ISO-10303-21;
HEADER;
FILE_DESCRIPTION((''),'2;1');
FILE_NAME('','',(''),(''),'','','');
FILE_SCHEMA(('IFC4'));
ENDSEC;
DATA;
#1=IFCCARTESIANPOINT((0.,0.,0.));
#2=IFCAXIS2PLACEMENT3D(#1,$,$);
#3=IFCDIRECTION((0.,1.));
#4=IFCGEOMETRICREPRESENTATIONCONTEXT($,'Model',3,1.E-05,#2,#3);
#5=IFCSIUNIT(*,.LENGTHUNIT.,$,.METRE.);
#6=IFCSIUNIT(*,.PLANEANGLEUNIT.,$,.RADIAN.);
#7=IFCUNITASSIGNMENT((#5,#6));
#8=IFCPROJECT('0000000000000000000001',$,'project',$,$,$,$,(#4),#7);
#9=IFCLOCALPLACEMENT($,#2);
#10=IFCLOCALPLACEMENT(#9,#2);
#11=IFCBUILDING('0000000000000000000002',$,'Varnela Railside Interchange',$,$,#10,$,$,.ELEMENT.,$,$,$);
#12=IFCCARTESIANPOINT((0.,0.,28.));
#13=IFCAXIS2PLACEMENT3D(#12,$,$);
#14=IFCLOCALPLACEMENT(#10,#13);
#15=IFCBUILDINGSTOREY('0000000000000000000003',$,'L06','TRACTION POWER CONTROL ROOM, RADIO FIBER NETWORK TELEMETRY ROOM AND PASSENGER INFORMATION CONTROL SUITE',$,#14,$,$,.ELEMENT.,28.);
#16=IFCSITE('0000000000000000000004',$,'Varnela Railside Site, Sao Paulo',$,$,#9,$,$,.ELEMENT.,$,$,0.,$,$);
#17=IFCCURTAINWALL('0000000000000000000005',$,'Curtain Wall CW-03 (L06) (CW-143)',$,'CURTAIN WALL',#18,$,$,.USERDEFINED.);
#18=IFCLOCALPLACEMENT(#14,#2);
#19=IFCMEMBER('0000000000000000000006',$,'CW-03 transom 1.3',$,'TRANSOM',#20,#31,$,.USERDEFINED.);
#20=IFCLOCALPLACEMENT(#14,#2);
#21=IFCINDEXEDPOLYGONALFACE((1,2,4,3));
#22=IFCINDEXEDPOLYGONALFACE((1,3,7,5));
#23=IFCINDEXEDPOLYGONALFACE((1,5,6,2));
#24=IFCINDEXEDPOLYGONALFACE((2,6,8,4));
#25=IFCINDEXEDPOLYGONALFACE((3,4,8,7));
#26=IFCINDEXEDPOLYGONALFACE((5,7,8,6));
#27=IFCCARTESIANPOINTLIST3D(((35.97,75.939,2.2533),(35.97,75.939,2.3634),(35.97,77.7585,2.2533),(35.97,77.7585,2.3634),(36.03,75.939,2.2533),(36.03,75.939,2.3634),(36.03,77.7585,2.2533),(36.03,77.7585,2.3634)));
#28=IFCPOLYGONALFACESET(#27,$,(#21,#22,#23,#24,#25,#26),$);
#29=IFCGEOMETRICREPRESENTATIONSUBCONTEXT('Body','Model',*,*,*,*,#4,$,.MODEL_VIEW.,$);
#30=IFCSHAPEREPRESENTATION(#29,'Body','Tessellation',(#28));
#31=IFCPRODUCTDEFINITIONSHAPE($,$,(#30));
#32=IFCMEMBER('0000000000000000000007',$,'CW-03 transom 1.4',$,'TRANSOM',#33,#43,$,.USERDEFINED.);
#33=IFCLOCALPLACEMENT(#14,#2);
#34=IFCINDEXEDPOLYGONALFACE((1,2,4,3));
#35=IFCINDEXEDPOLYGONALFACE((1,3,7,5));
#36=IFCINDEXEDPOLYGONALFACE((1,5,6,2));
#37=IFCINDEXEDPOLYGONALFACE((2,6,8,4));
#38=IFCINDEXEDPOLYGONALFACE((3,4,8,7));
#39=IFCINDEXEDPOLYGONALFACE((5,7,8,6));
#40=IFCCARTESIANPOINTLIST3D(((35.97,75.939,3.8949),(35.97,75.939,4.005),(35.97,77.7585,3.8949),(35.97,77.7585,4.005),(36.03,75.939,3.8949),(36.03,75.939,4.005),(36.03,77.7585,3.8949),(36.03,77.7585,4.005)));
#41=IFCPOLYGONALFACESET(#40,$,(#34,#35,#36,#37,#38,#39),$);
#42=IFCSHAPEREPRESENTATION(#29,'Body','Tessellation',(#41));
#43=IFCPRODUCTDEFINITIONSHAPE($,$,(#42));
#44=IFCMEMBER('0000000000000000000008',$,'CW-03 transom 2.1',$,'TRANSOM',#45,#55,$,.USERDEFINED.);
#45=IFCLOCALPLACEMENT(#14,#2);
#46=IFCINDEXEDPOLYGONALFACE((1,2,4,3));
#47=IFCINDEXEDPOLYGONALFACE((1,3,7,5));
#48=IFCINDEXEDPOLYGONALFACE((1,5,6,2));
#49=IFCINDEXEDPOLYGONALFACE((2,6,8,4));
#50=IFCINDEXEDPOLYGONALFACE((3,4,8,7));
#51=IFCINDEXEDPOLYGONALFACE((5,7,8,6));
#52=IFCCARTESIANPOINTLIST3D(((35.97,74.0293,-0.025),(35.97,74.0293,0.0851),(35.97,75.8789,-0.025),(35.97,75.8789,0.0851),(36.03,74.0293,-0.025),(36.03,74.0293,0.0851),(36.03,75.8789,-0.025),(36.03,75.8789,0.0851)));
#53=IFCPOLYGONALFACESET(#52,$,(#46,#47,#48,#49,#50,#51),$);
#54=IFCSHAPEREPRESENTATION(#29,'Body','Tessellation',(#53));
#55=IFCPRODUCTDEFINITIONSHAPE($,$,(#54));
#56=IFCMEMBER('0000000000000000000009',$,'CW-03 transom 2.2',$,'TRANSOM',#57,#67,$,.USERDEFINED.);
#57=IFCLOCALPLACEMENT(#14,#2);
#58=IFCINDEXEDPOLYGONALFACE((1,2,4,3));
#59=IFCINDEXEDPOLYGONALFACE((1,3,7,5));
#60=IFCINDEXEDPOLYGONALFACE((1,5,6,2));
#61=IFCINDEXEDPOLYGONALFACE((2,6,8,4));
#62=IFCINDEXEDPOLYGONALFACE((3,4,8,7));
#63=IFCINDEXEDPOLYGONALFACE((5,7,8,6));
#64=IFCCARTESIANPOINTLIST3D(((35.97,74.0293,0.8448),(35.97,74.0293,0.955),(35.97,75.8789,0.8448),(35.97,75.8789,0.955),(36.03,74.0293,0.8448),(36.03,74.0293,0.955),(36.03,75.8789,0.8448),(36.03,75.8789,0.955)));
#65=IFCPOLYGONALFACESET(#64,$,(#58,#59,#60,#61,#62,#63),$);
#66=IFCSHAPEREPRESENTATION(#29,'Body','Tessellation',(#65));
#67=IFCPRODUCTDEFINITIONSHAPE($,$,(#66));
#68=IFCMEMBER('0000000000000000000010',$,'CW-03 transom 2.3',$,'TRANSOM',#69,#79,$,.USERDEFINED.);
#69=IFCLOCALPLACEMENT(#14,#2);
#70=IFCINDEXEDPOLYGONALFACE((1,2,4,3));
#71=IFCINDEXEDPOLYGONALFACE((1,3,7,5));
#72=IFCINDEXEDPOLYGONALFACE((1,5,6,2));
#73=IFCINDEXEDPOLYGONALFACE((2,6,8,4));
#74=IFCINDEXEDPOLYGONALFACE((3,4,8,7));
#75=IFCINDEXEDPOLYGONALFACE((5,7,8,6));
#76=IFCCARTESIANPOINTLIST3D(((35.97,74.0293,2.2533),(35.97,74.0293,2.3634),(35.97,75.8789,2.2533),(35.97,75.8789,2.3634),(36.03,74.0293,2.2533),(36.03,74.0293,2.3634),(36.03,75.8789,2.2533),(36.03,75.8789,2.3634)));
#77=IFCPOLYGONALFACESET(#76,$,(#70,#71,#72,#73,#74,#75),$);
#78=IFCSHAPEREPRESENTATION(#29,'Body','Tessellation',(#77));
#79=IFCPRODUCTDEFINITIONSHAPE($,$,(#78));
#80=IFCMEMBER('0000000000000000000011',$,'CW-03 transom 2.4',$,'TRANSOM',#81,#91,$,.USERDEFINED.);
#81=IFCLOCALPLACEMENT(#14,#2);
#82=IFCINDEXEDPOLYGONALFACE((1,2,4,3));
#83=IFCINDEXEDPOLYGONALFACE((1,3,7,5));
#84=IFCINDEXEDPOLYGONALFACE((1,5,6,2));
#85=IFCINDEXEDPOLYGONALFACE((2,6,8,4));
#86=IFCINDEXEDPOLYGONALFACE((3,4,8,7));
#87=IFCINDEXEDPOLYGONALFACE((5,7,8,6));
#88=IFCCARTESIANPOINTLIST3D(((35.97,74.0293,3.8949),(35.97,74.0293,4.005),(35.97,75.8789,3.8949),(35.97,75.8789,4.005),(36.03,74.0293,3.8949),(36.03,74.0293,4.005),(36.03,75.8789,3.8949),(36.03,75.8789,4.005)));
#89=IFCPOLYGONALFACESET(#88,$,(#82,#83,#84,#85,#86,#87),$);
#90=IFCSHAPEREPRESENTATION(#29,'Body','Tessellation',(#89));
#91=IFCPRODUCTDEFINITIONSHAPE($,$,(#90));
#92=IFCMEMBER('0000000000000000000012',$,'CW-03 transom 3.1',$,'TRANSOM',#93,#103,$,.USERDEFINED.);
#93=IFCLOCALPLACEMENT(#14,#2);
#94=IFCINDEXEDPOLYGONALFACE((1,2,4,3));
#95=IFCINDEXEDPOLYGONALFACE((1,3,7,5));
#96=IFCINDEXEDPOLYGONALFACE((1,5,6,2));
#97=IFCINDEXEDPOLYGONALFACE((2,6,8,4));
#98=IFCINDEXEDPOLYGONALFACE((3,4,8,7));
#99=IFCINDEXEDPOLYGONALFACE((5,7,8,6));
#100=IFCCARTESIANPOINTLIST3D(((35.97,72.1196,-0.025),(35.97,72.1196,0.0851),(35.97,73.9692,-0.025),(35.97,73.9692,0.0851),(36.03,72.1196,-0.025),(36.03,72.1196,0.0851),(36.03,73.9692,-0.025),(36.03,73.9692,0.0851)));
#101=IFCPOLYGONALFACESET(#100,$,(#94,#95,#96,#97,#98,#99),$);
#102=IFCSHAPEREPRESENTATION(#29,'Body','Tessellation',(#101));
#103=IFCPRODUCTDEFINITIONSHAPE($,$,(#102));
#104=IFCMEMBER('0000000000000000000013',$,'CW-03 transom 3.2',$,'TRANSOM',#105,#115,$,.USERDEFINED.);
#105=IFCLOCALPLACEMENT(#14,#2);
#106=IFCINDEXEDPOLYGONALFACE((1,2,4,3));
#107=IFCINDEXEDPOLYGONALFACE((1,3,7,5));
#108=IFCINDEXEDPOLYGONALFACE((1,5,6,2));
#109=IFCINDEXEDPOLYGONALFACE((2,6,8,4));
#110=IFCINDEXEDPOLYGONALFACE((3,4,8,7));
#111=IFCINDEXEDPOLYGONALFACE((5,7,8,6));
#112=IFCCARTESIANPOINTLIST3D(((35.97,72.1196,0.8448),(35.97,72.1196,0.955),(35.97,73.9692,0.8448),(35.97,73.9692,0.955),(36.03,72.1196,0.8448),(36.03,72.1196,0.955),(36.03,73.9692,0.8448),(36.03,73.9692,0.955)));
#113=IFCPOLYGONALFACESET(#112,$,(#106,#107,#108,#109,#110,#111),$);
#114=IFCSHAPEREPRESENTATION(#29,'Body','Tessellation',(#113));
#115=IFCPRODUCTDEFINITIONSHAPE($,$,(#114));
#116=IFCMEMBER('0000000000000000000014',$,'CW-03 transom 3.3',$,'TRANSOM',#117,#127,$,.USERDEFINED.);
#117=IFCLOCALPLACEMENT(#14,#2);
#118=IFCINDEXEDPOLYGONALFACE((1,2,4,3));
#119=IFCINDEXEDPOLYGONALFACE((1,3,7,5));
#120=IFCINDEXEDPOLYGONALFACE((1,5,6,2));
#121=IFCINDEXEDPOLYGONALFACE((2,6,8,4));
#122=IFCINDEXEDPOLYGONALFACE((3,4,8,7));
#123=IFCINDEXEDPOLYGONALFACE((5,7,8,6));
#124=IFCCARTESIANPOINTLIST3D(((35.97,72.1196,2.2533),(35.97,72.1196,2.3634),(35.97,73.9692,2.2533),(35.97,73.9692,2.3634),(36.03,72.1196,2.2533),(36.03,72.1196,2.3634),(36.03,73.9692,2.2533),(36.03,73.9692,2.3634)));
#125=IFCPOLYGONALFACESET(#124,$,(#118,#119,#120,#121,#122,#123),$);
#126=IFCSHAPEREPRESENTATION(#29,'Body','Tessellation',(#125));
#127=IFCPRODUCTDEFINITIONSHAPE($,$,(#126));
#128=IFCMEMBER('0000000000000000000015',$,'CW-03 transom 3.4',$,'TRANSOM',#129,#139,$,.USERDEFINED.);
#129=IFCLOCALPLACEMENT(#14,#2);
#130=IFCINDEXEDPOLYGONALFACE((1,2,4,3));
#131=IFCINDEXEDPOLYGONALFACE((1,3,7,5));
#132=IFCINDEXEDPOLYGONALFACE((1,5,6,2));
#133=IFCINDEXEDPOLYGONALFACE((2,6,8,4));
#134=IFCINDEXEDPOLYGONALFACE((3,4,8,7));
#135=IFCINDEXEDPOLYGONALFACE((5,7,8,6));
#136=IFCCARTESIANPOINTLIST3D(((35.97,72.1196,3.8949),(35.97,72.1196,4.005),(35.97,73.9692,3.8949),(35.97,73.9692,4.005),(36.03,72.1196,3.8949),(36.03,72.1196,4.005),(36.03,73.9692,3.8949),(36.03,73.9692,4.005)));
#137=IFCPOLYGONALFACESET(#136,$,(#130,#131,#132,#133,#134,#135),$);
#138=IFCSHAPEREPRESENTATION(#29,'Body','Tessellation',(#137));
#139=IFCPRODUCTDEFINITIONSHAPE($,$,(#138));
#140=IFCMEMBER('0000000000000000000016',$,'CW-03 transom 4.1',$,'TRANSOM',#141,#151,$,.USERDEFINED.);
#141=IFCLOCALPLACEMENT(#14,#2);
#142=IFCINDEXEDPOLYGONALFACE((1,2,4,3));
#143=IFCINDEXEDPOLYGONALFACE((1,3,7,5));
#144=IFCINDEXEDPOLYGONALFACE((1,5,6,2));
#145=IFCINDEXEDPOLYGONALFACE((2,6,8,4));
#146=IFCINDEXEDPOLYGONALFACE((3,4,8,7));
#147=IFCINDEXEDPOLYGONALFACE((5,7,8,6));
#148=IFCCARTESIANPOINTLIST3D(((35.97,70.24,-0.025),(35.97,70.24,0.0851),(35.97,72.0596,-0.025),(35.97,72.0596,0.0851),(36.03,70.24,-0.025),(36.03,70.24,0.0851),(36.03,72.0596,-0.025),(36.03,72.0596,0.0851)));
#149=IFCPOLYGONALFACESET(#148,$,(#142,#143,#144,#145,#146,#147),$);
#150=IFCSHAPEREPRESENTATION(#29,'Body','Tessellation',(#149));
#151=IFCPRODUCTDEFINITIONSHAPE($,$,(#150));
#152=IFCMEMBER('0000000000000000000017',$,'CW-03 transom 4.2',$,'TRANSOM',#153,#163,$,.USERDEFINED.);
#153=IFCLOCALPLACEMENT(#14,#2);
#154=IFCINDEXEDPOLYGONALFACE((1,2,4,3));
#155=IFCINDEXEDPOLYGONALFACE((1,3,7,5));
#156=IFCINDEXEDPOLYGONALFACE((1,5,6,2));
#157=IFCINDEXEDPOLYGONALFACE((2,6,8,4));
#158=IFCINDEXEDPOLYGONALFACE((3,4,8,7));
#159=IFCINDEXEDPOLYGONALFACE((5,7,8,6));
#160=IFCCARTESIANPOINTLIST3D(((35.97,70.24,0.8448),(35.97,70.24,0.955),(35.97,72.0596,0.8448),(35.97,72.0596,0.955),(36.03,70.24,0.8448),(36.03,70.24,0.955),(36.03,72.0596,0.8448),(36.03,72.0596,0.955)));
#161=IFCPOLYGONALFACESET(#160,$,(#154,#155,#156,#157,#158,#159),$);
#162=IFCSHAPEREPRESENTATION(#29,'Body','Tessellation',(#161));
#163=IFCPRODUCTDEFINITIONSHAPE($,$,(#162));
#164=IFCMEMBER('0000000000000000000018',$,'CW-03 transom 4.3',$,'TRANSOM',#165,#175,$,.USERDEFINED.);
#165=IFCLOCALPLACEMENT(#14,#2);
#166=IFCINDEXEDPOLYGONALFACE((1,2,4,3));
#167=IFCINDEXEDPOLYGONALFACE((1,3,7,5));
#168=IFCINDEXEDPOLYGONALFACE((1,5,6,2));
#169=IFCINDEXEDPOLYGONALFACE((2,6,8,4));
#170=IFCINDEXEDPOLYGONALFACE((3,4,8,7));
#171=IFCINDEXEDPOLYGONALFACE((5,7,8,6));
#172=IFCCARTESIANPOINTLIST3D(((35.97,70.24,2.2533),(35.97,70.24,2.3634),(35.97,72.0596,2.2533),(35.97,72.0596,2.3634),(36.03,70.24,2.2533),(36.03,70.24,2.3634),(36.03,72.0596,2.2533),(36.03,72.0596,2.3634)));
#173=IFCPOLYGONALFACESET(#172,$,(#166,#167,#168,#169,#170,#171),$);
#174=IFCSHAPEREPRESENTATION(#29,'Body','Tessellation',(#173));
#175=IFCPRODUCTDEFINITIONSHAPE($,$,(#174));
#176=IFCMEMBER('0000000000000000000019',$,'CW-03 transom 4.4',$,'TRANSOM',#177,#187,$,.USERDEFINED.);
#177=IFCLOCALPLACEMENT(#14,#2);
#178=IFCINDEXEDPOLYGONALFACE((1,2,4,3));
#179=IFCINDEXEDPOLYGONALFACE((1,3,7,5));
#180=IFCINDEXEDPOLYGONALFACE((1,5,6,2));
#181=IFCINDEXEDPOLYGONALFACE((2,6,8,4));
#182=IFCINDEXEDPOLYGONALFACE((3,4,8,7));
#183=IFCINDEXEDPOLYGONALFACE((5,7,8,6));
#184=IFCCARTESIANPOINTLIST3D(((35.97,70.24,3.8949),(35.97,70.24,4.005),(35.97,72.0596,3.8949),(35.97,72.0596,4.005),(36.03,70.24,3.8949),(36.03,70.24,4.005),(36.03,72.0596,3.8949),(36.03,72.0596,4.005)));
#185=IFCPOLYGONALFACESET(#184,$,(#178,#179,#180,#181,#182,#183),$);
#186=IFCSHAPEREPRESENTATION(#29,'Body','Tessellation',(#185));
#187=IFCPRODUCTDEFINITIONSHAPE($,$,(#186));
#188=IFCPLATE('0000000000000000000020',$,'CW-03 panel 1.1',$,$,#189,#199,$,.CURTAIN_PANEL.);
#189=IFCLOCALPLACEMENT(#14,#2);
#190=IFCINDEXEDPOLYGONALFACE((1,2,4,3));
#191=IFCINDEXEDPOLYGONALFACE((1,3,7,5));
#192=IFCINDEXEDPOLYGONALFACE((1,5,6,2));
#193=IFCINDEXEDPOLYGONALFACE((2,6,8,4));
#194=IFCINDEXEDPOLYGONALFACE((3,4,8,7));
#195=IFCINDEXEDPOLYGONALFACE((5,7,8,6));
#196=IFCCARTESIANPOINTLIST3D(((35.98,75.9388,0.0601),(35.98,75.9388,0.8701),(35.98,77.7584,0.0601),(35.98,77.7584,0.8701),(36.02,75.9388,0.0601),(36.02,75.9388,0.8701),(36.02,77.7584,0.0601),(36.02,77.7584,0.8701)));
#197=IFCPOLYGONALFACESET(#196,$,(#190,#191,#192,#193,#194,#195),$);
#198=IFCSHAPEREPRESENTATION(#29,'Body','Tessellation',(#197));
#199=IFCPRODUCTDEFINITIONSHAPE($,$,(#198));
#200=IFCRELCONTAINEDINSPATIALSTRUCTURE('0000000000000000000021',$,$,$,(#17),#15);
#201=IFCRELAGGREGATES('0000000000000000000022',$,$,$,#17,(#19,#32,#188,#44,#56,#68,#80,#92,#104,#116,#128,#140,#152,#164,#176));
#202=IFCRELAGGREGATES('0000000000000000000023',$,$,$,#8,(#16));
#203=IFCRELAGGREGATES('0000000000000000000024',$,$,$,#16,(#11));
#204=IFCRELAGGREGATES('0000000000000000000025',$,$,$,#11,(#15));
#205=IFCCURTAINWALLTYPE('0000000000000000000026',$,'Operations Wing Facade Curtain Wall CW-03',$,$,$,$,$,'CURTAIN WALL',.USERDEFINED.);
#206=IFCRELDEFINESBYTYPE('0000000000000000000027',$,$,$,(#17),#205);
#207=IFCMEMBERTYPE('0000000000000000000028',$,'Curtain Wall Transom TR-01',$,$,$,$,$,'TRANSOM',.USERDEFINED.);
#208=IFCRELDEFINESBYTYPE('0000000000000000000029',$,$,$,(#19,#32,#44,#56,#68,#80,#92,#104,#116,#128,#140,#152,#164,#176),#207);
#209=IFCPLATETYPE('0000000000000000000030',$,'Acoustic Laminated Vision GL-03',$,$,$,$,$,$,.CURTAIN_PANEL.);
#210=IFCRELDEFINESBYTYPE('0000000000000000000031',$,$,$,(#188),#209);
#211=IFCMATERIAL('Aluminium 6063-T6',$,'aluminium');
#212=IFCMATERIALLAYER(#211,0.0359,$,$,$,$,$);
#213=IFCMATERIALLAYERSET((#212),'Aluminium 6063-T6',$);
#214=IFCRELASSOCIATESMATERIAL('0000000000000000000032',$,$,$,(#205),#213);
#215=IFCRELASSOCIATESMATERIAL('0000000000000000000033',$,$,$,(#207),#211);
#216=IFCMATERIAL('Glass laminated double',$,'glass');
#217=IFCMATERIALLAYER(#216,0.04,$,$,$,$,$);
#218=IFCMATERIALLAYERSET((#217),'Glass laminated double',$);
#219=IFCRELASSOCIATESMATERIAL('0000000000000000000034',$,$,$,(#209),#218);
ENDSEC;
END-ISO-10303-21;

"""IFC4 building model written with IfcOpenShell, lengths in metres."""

from ifc_helpers import new_model, si_unit, direction, frame, origin, origin_2d, place, context, subcontext, project, spatial, rectangle, extrude, material, layer, layer_set, material_profile, profile_set, type_object, element, aggregate, save


model = new_model("IFC4")

# Units and contexts
model_context = context("Model", 3, precision=1e-05, world=origin(), true_north=direction((0.0, 1.0)))
body_context = subcontext(model_context, "Body", "Model", "MODEL_VIEW")
ifc_project = project(units=[si_unit("LENGTHUNIT", "METRE"), si_unit("PLANEANGLEUNIT", "RADIAN")], contexts=[model_context])

# Site, building, storey
site_placement = place(None, origin())
site = spatial("IfcSite", under=ifc_project, at=site_placement, Name="Varnela Railside Site, Sao Paulo", CompositionType="ELEMENT", RefElevation=0.0)
building_placement = place(site_placement, origin())
building = spatial("IfcBuilding", under=site, at=building_placement, Name="Varnela Railside Interchange", CompositionType="ELEMENT")
storey_placement = place(building_placement, frame((0.0, 0.0, 28.0)))
storey = spatial("IfcBuildingStorey", under=building, at=storey_placement, Name="L06", Description="TRACTION POWER CONTROL ROOM, RADIO FIBER NETWORK TELEMETRY ROOM AND PASSENGER INFORMATION CONTROL SUITE", CompositionType="ELEMENT", Elevation=28.0)

# Curtain wall, members, plate
ifc_material_1 = material(Name="Aluminium 6063-T6", Category="aluminium")
ifc_layer_1 = layer(ifc_material_1, 0.0359)
ifc_layer_set_1 = layer_set([ifc_layer_1], Name="Aluminium 6063-T6")
curtain_wall_type = type_object("IfcCurtainWallType", Name="Operations Wing Facade Curtain Wall CW-03", ElementType="CURTAIN WALL", PredefinedType="USERDEFINED", material=ifc_layer_set_1)
curtain_wall_placement = place(storey_placement, origin())
curtain_wall = element("IfcCurtainWall", 1, at=curtain_wall_placement, inside=storey, type_object=curtain_wall_type, Name="Curtain Wall CW-03 (L06) (CW-143)", ObjectType="CURTAIN WALL", PredefinedType="USERDEFINED")
ifc_material_profile_1 = material_profile(ifc_material_1, rectangle(XDim=0.0601, YDim=0.1101, at=origin_2d()), Name="ALU 60x110")
ifc_profile_set_1 = profile_set([ifc_material_profile_1], Name="Aluminium 6063-T6")
member_type_1 = type_object("IfcMemberType", Name="Curtain Wall Transom TR-01", ElementType="TRANSOM", PredefinedType="USERDEFINED", material=ifc_profile_set_1)
member_1_placement = place(storey_placement, frame((36.0, 77.7585, 2.3083), z_axis=(0.0, -1.0, 0.0), x_axis=(1.0, 0.0, 0.0)))
member_1 = element("IfcMember", 2, at=member_1_placement, type_object=member_type_1, Name="CW-03 transom 1.3", ObjectType="TRANSOM", PredefinedType="USERDEFINED", context=body_context, shape_type="SweptSolid", body=[
    extrude(rectangle(XDim=0.0601, YDim=0.1101, at=origin_2d()), origin(), (0.0, 0.0, 1.0), 1.8196),
])
member_2_placement = place(storey_placement, frame((36.0, 77.7585, 3.95), z_axis=(0.0, -1.0, 0.0), x_axis=(1.0, 0.0, 0.0)))
member_2 = element("IfcMember", 3, at=member_2_placement, type_object=member_type_1, Name="CW-03 transom 1.4", ObjectType="TRANSOM", PredefinedType="USERDEFINED", context=body_context, shape_type="SweptSolid", body=[
    extrude(rectangle(XDim=0.0601, YDim=0.1101, at=origin_2d()), origin(), (0.0, 0.0, 1.0), 1.8196),
])
member_3_placement = place(storey_placement, frame((36.0, 75.8789, 0.03), z_axis=(0.0, -1.0, 0.0), x_axis=(1.0, 0.0, 0.0)))
member_3 = element("IfcMember", 4, at=member_3_placement, type_object=member_type_1, Name="CW-03 transom 2.1", ObjectType="TRANSOM", PredefinedType="USERDEFINED", context=body_context, shape_type="SweptSolid", body=[
    extrude(rectangle(XDim=0.0601, YDim=0.1101, at=origin_2d()), origin(), (0.0, 0.0, 1.0), 1.8496),
])
member_4_placement = place(storey_placement, frame((36.0, 75.8789, 0.8999), z_axis=(0.0, -1.0, 0.0), x_axis=(1.0, 0.0, 0.0)))
member_4 = element("IfcMember", 5, at=member_4_placement, type_object=member_type_1, Name="CW-03 transom 2.2", ObjectType="TRANSOM", PredefinedType="USERDEFINED", context=body_context, shape_type="SweptSolid", body=[
    extrude(rectangle(XDim=0.0601, YDim=0.1101, at=origin_2d()), origin(), (0.0, 0.0, 1.0), 1.8496),
])
member_5_placement = place(storey_placement, frame((36.0, 75.8789, 2.3083), z_axis=(0.0, -1.0, 0.0), x_axis=(1.0, 0.0, 0.0)))
member_5 = element("IfcMember", 6, at=member_5_placement, type_object=member_type_1, Name="CW-03 transom 2.3", ObjectType="TRANSOM", PredefinedType="USERDEFINED", context=body_context, shape_type="SweptSolid", body=[
    extrude(rectangle(XDim=0.0601, YDim=0.1101, at=origin_2d()), origin(), (0.0, 0.0, 1.0), 1.8496),
])
member_6_placement = place(storey_placement, frame((36.0, 75.8789, 3.95), z_axis=(0.0, -1.0, 0.0), x_axis=(1.0, 0.0, 0.0)))
member_6 = element("IfcMember", 7, at=member_6_placement, type_object=member_type_1, Name="CW-03 transom 2.4", ObjectType="TRANSOM", PredefinedType="USERDEFINED", context=body_context, shape_type="SweptSolid", body=[
    extrude(rectangle(XDim=0.0601, YDim=0.1101, at=origin_2d()), origin(), (0.0, 0.0, 1.0), 1.8496),
])
member_7_placement = place(storey_placement, frame((36.0, 73.9692, 0.03), z_axis=(0.0, -1.0, 0.0), x_axis=(1.0, 0.0, 0.0)))
member_7 = element("IfcMember", 8, at=member_7_placement, type_object=member_type_1, Name="CW-03 transom 3.1", ObjectType="TRANSOM", PredefinedType="USERDEFINED", context=body_context, shape_type="SweptSolid", body=[
    extrude(rectangle(XDim=0.0601, YDim=0.1101, at=origin_2d()), origin(), (0.0, 0.0, 1.0), 1.8496),
])
member_8_placement = place(storey_placement, frame((36.0, 73.9692, 0.8999), z_axis=(0.0, -1.0, 0.0), x_axis=(1.0, 0.0, 0.0)))
member_8 = element("IfcMember", 9, at=member_8_placement, type_object=member_type_1, Name="CW-03 transom 3.2", ObjectType="TRANSOM", PredefinedType="USERDEFINED", context=body_context, shape_type="SweptSolid", body=[
    extrude(rectangle(XDim=0.0601, YDim=0.1101, at=origin_2d()), origin(), (0.0, 0.0, 1.0), 1.8496),
])
member_9_placement = place(storey_placement, frame((36.0, 73.9692, 2.3083), z_axis=(0.0, -1.0, 0.0), x_axis=(1.0, 0.0, 0.0)))
member_9 = element("IfcMember", 10, at=member_9_placement, type_object=member_type_1, Name="CW-03 transom 3.3", ObjectType="TRANSOM", PredefinedType="USERDEFINED", context=body_context, shape_type="SweptSolid", body=[
    extrude(rectangle(XDim=0.0601, YDim=0.1101, at=origin_2d()), origin(), (0.0, 0.0, 1.0), 1.8496),
])
member_10_placement = place(storey_placement, frame((36.0, 73.9692, 3.95), z_axis=(0.0, -1.0, 0.0), x_axis=(1.0, 0.0, 0.0)))
member_10 = element("IfcMember", 11, at=member_10_placement, type_object=member_type_1, Name="CW-03 transom 3.4", ObjectType="TRANSOM", PredefinedType="USERDEFINED", context=body_context, shape_type="SweptSolid", body=[
    extrude(rectangle(XDim=0.0601, YDim=0.1101, at=origin_2d()), origin(), (0.0, 0.0, 1.0), 1.8496),
])
member_11_placement = place(storey_placement, frame((36.0, 72.0596, 0.03), z_axis=(0.0, -1.0, 0.0), x_axis=(1.0, 0.0, 0.0)))
member_11 = element("IfcMember", 12, at=member_11_placement, type_object=member_type_1, Name="CW-03 transom 4.1", ObjectType="TRANSOM", PredefinedType="USERDEFINED", context=body_context, shape_type="SweptSolid", body=[
    extrude(rectangle(XDim=0.0601, YDim=0.1101, at=origin_2d()), origin(), (0.0, 0.0, 1.0), 1.8196),
])
member_12_placement = place(storey_placement, frame((36.0, 72.0596, 0.8999), z_axis=(0.0, -1.0, 0.0), x_axis=(1.0, 0.0, 0.0)))
member_12 = element("IfcMember", 13, at=member_12_placement, type_object=member_type_1, Name="CW-03 transom 4.2", ObjectType="TRANSOM", PredefinedType="USERDEFINED", context=body_context, shape_type="SweptSolid", body=[
    extrude(rectangle(XDim=0.0601, YDim=0.1101, at=origin_2d()), origin(), (0.0, 0.0, 1.0), 1.8196),
])
member_13_placement = place(storey_placement, frame((36.0, 72.0596, 2.3083), z_axis=(0.0, -1.0, 0.0), x_axis=(1.0, 0.0, 0.0)))
member_13 = element("IfcMember", 14, at=member_13_placement, type_object=member_type_1, Name="CW-03 transom 4.3", ObjectType="TRANSOM", PredefinedType="USERDEFINED", context=body_context, shape_type="SweptSolid", body=[
    extrude(rectangle(XDim=0.0601, YDim=0.1101, at=origin_2d()), origin(), (0.0, 0.0, 1.0), 1.8196),
])
member_14_placement = place(storey_placement, frame((36.0, 72.0596, 3.95), z_axis=(0.0, -1.0, 0.0), x_axis=(1.0, 0.0, 0.0)))
member_14 = element("IfcMember", 15, at=member_14_placement, type_object=member_type_1, Name="CW-03 transom 4.4", ObjectType="TRANSOM", PredefinedType="USERDEFINED", context=body_context, shape_type="SweptSolid", body=[
    extrude(rectangle(XDim=0.0601, YDim=0.1101, at=origin_2d()), origin(), (0.0, 0.0, 1.0), 1.8196),
])
ifc_material_2 = material(Name="Glass laminated double", Category="glass")
ifc_layer_2 = layer(ifc_material_2, 0.04)
ifc_layer_set_2 = layer_set([ifc_layer_2], Name="Glass laminated double")
plate_type = type_object("IfcPlateType", Name="Acoustic Laminated Vision GL-03", PredefinedType="CURTAIN_PANEL", material=ifc_layer_set_2)
plate_1_placement = place(storey_placement, frame((36.0, 76.8486, 0.0601), z_axis=(0.0, 0.0, 1.0), x_axis=(0.0, -1.0, 0.0)))
plate_1 = element("IfcPlate", 16, at=plate_1_placement, type_object=plate_type, Name="CW-03 panel 1.1", PredefinedType="CURTAIN_PANEL", context=body_context, shape_type="SweptSolid", body=[
    extrude(rectangle(XDim=1.8196, YDim=0.04, at=origin_2d()), origin(), (0.0, 0.0, 1.0), 0.8101),
])
aggregate(curtain_wall, [member_1, member_2, plate_1, member_3, member_4, member_5, member_6, member_7, member_8, member_9, member_10, member_11, member_12, member_13, member_14])

save(model, "model.ifc")
